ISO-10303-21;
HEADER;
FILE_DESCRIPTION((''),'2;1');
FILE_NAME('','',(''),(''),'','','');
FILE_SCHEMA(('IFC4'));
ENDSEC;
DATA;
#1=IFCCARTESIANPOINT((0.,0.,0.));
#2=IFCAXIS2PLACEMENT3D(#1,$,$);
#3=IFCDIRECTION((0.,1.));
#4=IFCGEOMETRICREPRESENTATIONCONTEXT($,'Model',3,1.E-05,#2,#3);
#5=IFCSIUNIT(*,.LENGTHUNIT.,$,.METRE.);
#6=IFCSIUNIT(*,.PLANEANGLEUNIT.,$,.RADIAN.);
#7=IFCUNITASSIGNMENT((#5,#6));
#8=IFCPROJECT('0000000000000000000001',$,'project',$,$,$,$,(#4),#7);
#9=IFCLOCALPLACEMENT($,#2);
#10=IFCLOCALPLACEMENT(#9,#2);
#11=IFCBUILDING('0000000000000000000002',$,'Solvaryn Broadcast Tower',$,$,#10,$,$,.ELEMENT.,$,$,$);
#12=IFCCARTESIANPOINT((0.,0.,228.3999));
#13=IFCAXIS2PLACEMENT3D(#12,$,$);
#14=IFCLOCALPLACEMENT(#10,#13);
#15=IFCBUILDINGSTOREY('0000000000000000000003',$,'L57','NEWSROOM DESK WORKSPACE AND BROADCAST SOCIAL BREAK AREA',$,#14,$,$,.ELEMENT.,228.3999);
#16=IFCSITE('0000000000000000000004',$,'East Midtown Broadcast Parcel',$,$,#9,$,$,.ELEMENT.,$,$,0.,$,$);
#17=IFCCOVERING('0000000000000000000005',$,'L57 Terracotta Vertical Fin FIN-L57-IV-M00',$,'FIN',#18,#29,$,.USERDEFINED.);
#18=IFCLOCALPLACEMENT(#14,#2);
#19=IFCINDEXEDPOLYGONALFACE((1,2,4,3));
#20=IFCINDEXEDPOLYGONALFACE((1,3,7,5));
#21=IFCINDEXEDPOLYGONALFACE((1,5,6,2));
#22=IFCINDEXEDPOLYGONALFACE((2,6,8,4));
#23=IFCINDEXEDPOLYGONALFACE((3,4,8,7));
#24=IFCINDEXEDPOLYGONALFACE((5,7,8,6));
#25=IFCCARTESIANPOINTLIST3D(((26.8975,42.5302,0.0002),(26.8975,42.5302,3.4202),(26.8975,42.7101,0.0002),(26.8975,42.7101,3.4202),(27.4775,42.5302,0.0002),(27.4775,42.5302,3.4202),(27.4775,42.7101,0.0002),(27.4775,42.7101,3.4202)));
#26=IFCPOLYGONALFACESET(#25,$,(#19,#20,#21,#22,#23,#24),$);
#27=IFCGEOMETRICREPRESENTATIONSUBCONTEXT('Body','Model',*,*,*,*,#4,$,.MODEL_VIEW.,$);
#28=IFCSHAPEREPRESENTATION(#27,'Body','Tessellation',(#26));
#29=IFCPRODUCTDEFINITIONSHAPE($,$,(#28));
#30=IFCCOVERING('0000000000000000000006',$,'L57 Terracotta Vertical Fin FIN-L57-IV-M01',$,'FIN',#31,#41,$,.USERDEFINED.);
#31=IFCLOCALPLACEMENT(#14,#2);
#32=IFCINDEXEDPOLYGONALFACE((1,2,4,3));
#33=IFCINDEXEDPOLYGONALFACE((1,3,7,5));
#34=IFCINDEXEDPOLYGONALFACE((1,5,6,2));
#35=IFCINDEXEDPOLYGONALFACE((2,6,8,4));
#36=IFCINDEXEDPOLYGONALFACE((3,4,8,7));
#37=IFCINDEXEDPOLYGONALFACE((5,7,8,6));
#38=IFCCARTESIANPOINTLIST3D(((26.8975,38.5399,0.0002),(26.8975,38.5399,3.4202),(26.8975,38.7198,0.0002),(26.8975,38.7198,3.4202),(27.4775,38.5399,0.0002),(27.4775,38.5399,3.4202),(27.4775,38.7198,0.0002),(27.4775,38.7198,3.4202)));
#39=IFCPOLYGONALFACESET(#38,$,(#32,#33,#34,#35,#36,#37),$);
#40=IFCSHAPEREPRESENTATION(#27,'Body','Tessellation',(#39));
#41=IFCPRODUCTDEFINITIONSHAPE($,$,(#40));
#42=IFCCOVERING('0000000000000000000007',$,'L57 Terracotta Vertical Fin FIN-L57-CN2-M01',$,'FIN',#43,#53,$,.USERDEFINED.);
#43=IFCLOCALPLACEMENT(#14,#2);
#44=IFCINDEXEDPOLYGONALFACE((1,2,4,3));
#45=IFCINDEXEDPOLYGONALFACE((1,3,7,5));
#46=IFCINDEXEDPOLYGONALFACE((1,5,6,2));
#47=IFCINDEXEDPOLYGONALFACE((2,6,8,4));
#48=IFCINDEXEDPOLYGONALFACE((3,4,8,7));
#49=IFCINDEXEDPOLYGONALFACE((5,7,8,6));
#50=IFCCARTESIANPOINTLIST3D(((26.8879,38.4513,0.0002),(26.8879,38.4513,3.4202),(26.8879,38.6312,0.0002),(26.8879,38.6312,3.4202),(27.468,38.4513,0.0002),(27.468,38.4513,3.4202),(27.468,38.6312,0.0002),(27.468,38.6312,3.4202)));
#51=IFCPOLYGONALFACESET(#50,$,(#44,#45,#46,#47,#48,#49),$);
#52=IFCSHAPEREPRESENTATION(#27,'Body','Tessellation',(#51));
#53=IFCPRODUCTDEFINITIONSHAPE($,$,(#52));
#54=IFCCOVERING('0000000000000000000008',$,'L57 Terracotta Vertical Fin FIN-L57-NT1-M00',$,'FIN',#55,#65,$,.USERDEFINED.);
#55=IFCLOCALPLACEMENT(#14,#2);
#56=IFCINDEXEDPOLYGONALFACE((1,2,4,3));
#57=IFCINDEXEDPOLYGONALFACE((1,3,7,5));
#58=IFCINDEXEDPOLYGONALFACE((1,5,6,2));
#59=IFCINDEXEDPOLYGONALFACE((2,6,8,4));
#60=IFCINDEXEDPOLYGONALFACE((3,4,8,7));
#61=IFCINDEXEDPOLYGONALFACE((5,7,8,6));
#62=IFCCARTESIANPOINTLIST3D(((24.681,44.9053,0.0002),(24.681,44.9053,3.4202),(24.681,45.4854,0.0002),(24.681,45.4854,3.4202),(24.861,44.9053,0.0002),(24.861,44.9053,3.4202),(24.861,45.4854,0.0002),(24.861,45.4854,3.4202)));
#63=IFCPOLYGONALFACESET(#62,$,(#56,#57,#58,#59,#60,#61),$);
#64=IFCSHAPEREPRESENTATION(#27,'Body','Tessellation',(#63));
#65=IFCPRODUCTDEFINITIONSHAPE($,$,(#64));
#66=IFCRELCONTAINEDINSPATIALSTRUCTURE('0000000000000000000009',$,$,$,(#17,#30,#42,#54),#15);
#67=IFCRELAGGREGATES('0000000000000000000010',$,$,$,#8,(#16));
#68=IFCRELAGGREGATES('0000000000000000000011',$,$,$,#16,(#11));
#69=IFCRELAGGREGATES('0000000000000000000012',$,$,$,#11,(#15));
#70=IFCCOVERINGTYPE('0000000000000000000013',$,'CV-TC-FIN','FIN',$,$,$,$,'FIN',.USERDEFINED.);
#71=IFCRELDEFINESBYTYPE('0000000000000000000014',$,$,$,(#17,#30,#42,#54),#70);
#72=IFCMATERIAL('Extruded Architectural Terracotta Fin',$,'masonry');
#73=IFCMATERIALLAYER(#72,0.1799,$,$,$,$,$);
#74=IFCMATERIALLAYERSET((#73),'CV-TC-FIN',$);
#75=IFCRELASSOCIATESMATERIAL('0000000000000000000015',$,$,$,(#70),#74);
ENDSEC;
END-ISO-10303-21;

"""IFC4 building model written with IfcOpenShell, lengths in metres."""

from ifc_helpers import new_model, si_unit, direction, frame, origin, origin_2d, place, context, subcontext, project, spatial, rectangle, extrude, material, layer, layer_set, type_object, element, save


model = new_model("IFC4")

# Units and contexts
model_context = context("Model", 3, precision=1e-05, world=origin(), true_north=direction((0.0, 1.0)))
body_context = subcontext(model_context, "Body", "Model", "MODEL_VIEW")
ifc_project = project(units=[si_unit("LENGTHUNIT", "METRE"), si_unit("PLANEANGLEUNIT", "RADIAN")], contexts=[model_context])

# Site, building, storey
site_placement = place(None, origin())
site = spatial("IfcSite", under=ifc_project, at=site_placement, Name="East Midtown Broadcast Parcel", CompositionType="ELEMENT", RefElevation=0.0)
building_placement = place(site_placement, origin())
building = spatial("IfcBuilding", under=site, at=building_placement, Name="Solvaryn Broadcast Tower", CompositionType="ELEMENT")
storey_placement = place(building_placement, frame((0.0, 0.0, 228.3999)))
storey = spatial("IfcBuildingStorey", under=building, at=storey_placement, Name="L57", Description="NEWSROOM DESK WORKSPACE AND BROADCAST SOCIAL BREAK AREA", CompositionType="ELEMENT", Elevation=228.3999)

# Coverings
ifc_material_1 = material(Name="Extruded Architectural Terracotta Fin", Category="masonry")
ifc_layer_1 = layer(ifc_material_1, 0.1799)
ifc_layer_set_1 = layer_set([ifc_layer_1], Name="CV-TC-FIN")
covering_type = type_object("IfcCoveringType", Name="CV-TC-FIN", Description="FIN", ElementType="FIN", PredefinedType="USERDEFINED", material=ifc_layer_set_1)
for number, where, z_axis, x_axis, name in (
    (1, (27.1875, 42.6201, 0.0002), (0.0, 0.0, 1.0), (1.0, 0.0, 0.0), "L57 Terracotta Vertical Fin FIN-L57-IV-M00"),
    (2, (27.1875, 38.6299, 0.0002), (0.0, 0.0, 1.0), (1.0, 0.0, 0.0), "L57 Terracotta Vertical Fin FIN-L57-IV-M01"),
    (3, (27.178, 38.5413, 0.0002), (0.0, 0.0, 1.0), (1.0, 0.0, 0.0), "L57 Terracotta Vertical Fin FIN-L57-CN2-M01"),
):
    element("IfcCovering", number, at=place(storey_placement, frame(where, z_axis=z_axis, x_axis=x_axis)), inside=storey, type_object=covering_type, Name=name, ObjectType="FIN", PredefinedType="USERDEFINED", context=body_context, shape_type="SweptSolid", body=[
        extrude(rectangle(XDim=0.5801, YDim=0.1799, at=origin_2d()), origin(), (0.0, 0.0, 1.0), 3.4199),
    ])
covering_placement = place(storey_placement, frame((24.771, 45.1953, 0.0002), z_axis=(0.0, 0.0, 1.0), x_axis=(1.0, 0.0, 0.0)))
element("IfcCovering", 4, at=covering_placement, inside=storey, type_object=covering_type, Name="L57 Terracotta Vertical Fin FIN-L57-NT1-M00", ObjectType="FIN", PredefinedType="USERDEFINED", context=body_context, shape_type="SweptSolid", body=[
    extrude(rectangle(XDim=0.1799, YDim=0.5801, at=origin_2d()), origin(), (0.0, 0.0, 1.0), 3.4199),
])

save(model, "model.ifc")
